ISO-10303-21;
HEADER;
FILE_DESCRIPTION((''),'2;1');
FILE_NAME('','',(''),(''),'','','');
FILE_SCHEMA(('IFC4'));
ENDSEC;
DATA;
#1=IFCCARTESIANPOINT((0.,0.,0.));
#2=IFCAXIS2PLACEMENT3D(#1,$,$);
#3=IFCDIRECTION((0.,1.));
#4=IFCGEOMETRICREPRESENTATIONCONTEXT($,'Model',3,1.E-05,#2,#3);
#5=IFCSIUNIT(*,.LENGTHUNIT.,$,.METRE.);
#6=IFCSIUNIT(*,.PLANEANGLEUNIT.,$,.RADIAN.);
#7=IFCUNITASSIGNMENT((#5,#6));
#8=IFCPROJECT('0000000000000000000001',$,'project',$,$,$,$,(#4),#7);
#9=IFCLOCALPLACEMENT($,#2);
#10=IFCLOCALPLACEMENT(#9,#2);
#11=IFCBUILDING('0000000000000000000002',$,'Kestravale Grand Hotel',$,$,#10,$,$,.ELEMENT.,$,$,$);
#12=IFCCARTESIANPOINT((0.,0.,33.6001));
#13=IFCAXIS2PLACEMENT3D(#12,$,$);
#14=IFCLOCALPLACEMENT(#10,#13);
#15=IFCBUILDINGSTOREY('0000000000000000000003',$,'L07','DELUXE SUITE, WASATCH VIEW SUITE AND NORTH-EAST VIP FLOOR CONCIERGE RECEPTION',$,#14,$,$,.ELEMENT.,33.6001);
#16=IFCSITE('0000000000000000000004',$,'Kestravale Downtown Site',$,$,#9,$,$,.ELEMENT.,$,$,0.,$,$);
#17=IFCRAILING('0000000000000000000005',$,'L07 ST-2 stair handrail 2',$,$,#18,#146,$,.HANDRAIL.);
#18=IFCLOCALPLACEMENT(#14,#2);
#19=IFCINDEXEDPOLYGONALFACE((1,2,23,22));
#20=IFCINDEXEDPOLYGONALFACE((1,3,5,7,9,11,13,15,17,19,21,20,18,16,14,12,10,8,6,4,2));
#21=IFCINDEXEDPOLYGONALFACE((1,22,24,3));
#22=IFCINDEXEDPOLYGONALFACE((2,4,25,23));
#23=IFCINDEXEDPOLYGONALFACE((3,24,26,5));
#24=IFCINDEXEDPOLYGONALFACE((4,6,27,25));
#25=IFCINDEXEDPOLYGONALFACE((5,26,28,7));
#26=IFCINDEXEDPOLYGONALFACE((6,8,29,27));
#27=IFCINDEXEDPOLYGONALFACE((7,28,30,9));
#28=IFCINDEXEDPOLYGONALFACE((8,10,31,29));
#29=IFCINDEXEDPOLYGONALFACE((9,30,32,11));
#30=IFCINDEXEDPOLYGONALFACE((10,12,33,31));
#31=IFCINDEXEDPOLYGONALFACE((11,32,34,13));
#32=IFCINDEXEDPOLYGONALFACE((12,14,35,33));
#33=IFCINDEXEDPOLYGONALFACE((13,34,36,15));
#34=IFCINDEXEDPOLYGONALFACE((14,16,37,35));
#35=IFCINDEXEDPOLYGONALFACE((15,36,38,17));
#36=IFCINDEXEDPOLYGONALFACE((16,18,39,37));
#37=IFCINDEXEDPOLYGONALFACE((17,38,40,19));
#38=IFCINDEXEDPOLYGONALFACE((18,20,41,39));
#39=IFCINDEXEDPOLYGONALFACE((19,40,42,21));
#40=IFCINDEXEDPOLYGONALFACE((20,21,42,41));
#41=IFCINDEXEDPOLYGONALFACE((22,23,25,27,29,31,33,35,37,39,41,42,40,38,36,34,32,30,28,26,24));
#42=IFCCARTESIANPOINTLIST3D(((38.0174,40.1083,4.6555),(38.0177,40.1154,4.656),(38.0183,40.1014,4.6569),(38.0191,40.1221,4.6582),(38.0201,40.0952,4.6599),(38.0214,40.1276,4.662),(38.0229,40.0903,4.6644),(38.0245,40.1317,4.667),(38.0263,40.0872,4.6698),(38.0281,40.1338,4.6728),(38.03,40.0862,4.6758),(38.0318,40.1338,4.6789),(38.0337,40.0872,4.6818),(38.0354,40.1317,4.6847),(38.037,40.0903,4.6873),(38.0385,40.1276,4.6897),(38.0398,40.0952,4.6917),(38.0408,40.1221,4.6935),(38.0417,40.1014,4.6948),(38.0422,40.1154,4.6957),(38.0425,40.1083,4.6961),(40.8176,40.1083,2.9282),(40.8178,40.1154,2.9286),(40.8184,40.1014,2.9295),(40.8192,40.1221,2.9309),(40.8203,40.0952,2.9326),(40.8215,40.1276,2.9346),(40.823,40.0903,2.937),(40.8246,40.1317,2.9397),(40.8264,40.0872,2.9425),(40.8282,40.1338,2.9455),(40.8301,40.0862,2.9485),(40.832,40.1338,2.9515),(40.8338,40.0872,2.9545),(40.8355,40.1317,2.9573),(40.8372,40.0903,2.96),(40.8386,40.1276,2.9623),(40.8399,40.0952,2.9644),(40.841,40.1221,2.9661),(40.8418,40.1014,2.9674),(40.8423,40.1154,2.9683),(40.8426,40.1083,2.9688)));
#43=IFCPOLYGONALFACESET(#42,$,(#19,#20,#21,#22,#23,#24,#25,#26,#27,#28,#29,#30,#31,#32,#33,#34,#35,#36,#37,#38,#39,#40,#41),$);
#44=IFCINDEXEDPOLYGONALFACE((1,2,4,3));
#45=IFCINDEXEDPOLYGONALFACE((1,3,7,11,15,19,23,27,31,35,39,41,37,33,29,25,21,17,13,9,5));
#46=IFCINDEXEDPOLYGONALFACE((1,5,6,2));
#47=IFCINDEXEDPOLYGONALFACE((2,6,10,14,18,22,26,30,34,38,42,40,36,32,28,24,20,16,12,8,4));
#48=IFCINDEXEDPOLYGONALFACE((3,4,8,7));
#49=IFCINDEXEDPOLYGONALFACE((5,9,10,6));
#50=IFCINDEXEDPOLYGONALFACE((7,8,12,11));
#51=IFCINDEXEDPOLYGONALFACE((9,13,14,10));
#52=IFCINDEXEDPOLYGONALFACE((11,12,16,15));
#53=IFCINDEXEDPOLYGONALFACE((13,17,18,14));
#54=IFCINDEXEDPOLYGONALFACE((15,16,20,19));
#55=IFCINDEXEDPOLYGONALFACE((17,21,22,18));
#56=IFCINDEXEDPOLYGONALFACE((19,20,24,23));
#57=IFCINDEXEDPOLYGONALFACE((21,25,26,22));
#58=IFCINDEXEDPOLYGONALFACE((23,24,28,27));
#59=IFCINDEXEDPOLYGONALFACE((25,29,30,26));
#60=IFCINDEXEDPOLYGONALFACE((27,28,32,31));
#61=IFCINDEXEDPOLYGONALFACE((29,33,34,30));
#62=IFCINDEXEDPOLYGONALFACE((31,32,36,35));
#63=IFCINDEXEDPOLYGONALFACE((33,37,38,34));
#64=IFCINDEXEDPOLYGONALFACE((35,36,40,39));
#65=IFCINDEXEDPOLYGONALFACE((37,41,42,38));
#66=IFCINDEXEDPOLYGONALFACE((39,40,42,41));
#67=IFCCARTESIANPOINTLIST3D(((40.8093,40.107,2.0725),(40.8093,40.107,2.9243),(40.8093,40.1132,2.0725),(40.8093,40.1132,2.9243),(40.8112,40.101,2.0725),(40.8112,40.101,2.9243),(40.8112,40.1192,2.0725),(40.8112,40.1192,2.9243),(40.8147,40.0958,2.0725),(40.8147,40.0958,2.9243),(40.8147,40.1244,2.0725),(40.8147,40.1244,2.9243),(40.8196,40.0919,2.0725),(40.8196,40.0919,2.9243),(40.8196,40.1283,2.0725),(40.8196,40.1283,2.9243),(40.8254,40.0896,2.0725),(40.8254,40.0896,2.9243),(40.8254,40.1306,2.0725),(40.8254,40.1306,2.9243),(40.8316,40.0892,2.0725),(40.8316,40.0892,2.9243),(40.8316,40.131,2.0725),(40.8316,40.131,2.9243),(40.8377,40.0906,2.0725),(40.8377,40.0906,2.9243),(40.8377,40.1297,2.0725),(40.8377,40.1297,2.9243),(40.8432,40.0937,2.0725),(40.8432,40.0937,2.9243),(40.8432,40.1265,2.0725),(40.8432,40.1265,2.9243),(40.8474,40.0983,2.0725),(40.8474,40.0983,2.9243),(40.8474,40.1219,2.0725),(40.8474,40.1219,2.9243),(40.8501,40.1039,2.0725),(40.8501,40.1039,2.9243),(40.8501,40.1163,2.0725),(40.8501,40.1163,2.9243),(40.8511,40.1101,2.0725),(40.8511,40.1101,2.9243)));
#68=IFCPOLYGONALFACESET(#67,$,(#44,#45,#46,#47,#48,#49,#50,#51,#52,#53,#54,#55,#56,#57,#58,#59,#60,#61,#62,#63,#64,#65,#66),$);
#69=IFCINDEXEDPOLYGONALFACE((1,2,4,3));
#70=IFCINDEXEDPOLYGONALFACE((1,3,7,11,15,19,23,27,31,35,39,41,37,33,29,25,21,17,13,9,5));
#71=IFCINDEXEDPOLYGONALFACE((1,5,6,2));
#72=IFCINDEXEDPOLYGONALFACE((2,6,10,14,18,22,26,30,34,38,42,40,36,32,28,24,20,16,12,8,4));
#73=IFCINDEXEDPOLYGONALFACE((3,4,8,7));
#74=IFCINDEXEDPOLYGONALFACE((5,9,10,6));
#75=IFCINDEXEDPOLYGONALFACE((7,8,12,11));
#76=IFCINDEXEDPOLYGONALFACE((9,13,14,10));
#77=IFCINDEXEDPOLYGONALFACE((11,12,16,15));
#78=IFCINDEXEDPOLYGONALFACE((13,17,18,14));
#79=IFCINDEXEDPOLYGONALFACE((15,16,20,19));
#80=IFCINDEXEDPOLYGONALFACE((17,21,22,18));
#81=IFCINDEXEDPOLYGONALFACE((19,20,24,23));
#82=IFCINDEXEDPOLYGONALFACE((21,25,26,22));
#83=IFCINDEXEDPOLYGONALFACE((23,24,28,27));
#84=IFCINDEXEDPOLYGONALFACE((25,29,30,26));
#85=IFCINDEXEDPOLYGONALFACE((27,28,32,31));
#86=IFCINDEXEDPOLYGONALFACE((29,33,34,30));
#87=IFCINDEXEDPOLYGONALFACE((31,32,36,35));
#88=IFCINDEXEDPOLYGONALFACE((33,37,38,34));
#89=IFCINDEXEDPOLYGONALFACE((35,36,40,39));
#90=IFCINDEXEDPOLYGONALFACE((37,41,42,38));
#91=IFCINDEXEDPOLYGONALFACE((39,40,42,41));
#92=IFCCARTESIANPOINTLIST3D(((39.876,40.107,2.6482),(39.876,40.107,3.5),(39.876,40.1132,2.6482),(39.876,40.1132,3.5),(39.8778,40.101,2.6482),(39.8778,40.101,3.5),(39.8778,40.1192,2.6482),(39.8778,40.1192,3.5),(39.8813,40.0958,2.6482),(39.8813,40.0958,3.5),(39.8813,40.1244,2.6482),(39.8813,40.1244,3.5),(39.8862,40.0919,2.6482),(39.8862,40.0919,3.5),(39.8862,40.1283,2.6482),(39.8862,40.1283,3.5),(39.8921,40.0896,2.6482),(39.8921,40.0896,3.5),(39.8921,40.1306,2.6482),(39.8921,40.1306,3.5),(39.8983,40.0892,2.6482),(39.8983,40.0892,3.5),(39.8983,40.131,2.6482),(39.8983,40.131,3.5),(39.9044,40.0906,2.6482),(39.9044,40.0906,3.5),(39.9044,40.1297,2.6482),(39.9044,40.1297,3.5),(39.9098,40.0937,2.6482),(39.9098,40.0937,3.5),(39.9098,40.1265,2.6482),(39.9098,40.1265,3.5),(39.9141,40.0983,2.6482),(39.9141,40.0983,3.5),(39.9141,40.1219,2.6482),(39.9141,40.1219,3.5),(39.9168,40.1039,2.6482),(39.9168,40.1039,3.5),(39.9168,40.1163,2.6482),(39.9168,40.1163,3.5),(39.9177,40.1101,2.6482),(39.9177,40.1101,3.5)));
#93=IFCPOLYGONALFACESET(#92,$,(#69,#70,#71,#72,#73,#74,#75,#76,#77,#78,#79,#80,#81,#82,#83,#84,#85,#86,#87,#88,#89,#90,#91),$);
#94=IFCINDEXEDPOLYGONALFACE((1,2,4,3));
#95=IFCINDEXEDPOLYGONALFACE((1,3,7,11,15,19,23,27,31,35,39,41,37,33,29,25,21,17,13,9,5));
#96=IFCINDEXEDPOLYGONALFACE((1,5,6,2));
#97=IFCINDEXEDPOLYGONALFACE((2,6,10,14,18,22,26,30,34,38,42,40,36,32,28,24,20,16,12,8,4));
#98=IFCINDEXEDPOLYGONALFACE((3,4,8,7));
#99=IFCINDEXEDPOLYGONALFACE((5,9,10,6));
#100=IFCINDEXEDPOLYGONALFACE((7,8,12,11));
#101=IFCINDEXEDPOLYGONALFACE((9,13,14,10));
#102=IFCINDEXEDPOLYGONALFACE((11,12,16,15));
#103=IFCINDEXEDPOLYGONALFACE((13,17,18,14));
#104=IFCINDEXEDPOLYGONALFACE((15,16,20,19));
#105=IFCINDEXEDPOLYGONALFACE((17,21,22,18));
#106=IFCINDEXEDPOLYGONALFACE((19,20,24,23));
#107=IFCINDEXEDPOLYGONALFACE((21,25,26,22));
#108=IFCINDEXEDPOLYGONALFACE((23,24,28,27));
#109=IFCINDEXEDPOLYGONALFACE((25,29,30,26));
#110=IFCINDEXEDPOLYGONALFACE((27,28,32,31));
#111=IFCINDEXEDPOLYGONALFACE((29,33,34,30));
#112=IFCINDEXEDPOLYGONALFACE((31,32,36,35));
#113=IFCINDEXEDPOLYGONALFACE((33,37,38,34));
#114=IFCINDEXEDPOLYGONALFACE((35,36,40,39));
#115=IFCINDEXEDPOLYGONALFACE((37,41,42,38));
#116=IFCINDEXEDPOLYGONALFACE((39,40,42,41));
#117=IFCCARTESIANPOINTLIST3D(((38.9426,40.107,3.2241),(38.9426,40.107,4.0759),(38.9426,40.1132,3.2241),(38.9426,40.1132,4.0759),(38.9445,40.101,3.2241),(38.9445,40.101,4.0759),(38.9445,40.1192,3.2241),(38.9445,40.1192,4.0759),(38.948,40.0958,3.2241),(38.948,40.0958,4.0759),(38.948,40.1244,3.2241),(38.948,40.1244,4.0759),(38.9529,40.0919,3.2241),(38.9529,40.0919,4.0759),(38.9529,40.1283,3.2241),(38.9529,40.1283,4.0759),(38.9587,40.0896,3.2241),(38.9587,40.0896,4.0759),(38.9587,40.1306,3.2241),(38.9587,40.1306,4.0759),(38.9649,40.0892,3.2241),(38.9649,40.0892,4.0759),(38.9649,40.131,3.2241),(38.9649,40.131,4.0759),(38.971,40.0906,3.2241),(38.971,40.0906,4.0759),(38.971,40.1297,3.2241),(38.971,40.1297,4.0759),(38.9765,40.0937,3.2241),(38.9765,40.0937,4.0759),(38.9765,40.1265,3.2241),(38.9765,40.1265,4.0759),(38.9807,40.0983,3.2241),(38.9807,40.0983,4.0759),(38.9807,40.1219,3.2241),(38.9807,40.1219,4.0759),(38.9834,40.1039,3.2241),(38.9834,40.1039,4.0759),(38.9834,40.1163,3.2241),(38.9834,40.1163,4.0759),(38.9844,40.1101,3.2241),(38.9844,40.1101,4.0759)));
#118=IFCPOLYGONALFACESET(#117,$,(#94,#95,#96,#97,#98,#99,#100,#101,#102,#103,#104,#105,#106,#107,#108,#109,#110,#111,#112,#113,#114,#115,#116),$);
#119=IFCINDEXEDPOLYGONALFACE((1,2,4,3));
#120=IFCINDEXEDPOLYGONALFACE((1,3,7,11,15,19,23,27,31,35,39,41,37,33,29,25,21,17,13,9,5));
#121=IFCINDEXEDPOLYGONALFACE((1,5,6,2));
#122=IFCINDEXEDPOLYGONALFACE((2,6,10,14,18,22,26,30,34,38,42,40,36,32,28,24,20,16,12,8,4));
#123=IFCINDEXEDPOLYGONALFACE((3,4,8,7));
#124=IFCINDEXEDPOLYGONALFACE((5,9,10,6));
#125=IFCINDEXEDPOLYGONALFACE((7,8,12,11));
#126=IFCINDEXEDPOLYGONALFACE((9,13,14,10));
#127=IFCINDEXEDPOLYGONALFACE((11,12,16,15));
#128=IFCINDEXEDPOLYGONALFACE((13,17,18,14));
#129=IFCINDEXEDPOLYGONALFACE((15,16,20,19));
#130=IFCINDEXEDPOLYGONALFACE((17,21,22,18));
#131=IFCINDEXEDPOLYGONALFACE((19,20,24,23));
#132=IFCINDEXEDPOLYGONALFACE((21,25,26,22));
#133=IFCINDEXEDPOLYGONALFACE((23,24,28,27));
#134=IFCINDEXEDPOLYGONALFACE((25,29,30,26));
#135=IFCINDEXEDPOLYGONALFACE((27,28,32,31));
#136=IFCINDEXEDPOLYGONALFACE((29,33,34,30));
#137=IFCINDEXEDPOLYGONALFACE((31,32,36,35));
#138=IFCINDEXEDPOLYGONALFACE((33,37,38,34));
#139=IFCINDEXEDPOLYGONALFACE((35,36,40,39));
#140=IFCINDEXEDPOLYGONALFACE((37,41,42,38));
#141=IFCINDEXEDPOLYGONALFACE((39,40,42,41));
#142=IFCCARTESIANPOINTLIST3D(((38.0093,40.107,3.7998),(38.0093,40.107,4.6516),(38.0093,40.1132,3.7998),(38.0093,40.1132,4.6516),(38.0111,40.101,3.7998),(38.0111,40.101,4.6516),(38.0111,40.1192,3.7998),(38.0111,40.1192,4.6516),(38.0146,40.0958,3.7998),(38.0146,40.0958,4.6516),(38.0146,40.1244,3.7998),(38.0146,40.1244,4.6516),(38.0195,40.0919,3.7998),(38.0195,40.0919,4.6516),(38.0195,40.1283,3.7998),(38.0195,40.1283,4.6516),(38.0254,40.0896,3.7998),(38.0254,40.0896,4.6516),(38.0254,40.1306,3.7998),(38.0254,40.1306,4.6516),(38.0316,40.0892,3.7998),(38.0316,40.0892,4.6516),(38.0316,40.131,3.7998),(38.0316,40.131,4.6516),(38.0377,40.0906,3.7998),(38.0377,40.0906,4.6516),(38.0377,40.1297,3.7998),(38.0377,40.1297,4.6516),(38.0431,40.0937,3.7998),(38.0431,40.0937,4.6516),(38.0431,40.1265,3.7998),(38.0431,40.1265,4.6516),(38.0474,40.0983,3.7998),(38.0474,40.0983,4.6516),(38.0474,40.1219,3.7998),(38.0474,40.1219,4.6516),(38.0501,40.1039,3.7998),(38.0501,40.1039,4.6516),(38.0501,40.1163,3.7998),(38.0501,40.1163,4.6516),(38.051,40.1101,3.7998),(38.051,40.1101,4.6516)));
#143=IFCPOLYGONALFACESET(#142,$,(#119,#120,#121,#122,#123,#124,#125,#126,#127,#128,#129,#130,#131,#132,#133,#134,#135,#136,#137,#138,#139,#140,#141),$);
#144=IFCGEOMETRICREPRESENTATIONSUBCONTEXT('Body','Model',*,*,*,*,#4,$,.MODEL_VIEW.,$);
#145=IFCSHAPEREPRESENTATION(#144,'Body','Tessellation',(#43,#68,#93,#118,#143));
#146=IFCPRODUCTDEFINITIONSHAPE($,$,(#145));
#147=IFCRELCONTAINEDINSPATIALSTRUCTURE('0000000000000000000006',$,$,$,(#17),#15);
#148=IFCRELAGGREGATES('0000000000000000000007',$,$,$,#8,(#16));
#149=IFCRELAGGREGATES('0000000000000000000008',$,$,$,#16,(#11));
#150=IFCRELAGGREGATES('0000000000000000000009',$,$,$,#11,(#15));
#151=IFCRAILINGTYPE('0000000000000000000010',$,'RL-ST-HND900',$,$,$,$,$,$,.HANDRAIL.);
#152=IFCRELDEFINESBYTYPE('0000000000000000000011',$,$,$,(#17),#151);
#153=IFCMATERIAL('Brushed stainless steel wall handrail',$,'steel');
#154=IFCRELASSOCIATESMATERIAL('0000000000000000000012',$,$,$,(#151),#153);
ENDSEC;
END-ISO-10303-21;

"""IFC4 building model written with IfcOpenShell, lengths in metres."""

from ifc_helpers import new_model, si_unit, direction, frame, origin, origin_2d, place, context, subcontext, project, spatial, circle, extrude, material, type_object, element, save


model = new_model("IFC4")

# Units and contexts
model_context = context("Model", 3, precision=1e-05, world=origin(), true_north=direction((0.0, 1.0)))
body_context = subcontext(model_context, "Body", "Model", "MODEL_VIEW")
ifc_project = project(units=[si_unit("LENGTHUNIT", "METRE"), si_unit("PLANEANGLEUNIT", "RADIAN")], contexts=[model_context])

# Site, building, storey
site_placement = place(None, origin())
site = spatial("IfcSite", under=ifc_project, at=site_placement, Name="Kestravale Downtown Site", CompositionType="ELEMENT", RefElevation=0.0)
building_placement = place(site_placement, origin())
building = spatial("IfcBuilding", under=site, at=building_placement, Name="Kestravale Grand Hotel", CompositionType="ELEMENT")
storey_placement = place(building_placement, frame((0.0, 0.0, 33.6001)))
storey = spatial("IfcBuildingStorey", under=building, at=storey_placement, Name="L07", Description="DELUXE SUITE, WASATCH VIEW SUITE AND NORTH-EAST VIP FLOOR CONCIERGE RECEPTION", CompositionType="ELEMENT", Elevation=33.6001)

# Railing
ifc_material_1 = material(Name="Brushed stainless steel wall handrail", Category="steel")
railing_type_1 = type_object("IfcRailingType", Name="RL-ST-HND900", PredefinedType="HANDRAIL", material=ifc_material_1)
railing_1_placement = place(storey_placement, frame((40.8301, 40.1101, 2.0725)))
element("IfcRailing", 1, at=railing_1_placement, inside=storey, type_object=railing_type_1, Name="L07 ST-2 stair handrail 2", PredefinedType="HANDRAIL", context=body_context, shape_type="SweptSolid", body=[
    extrude(circle(Radius=0.0239, at=origin_2d()), frame((0.0, 0.0, 0.876), z_axis=(-0.85109, 0.0, 0.52502), x_axis=(0.0, -1.0, 0.0)), (0.0, 0.0, 1.0), 3.29),
    extrude(circle(Radius=0.021, at=origin_2d()), origin(), (0.0, 0.0, 1.0), 0.8518),
    extrude(circle(Radius=0.021, at=origin_2d()), frame((-0.9333, 0.0, 0.5757)), (0.0, 0.0, 1.0), 0.8518),
    extrude(circle(Radius=0.021, at=origin_2d()), frame((-1.8667, 0.0, 1.1516)), (0.0, 0.0, 1.0), 0.8518),
    extrude(circle(Radius=0.021, at=origin_2d()), frame((-2.8, 0.0, 1.7273)), (0.0, 0.0, 1.0), 0.8518),
])

save(model, "model.ifc")
